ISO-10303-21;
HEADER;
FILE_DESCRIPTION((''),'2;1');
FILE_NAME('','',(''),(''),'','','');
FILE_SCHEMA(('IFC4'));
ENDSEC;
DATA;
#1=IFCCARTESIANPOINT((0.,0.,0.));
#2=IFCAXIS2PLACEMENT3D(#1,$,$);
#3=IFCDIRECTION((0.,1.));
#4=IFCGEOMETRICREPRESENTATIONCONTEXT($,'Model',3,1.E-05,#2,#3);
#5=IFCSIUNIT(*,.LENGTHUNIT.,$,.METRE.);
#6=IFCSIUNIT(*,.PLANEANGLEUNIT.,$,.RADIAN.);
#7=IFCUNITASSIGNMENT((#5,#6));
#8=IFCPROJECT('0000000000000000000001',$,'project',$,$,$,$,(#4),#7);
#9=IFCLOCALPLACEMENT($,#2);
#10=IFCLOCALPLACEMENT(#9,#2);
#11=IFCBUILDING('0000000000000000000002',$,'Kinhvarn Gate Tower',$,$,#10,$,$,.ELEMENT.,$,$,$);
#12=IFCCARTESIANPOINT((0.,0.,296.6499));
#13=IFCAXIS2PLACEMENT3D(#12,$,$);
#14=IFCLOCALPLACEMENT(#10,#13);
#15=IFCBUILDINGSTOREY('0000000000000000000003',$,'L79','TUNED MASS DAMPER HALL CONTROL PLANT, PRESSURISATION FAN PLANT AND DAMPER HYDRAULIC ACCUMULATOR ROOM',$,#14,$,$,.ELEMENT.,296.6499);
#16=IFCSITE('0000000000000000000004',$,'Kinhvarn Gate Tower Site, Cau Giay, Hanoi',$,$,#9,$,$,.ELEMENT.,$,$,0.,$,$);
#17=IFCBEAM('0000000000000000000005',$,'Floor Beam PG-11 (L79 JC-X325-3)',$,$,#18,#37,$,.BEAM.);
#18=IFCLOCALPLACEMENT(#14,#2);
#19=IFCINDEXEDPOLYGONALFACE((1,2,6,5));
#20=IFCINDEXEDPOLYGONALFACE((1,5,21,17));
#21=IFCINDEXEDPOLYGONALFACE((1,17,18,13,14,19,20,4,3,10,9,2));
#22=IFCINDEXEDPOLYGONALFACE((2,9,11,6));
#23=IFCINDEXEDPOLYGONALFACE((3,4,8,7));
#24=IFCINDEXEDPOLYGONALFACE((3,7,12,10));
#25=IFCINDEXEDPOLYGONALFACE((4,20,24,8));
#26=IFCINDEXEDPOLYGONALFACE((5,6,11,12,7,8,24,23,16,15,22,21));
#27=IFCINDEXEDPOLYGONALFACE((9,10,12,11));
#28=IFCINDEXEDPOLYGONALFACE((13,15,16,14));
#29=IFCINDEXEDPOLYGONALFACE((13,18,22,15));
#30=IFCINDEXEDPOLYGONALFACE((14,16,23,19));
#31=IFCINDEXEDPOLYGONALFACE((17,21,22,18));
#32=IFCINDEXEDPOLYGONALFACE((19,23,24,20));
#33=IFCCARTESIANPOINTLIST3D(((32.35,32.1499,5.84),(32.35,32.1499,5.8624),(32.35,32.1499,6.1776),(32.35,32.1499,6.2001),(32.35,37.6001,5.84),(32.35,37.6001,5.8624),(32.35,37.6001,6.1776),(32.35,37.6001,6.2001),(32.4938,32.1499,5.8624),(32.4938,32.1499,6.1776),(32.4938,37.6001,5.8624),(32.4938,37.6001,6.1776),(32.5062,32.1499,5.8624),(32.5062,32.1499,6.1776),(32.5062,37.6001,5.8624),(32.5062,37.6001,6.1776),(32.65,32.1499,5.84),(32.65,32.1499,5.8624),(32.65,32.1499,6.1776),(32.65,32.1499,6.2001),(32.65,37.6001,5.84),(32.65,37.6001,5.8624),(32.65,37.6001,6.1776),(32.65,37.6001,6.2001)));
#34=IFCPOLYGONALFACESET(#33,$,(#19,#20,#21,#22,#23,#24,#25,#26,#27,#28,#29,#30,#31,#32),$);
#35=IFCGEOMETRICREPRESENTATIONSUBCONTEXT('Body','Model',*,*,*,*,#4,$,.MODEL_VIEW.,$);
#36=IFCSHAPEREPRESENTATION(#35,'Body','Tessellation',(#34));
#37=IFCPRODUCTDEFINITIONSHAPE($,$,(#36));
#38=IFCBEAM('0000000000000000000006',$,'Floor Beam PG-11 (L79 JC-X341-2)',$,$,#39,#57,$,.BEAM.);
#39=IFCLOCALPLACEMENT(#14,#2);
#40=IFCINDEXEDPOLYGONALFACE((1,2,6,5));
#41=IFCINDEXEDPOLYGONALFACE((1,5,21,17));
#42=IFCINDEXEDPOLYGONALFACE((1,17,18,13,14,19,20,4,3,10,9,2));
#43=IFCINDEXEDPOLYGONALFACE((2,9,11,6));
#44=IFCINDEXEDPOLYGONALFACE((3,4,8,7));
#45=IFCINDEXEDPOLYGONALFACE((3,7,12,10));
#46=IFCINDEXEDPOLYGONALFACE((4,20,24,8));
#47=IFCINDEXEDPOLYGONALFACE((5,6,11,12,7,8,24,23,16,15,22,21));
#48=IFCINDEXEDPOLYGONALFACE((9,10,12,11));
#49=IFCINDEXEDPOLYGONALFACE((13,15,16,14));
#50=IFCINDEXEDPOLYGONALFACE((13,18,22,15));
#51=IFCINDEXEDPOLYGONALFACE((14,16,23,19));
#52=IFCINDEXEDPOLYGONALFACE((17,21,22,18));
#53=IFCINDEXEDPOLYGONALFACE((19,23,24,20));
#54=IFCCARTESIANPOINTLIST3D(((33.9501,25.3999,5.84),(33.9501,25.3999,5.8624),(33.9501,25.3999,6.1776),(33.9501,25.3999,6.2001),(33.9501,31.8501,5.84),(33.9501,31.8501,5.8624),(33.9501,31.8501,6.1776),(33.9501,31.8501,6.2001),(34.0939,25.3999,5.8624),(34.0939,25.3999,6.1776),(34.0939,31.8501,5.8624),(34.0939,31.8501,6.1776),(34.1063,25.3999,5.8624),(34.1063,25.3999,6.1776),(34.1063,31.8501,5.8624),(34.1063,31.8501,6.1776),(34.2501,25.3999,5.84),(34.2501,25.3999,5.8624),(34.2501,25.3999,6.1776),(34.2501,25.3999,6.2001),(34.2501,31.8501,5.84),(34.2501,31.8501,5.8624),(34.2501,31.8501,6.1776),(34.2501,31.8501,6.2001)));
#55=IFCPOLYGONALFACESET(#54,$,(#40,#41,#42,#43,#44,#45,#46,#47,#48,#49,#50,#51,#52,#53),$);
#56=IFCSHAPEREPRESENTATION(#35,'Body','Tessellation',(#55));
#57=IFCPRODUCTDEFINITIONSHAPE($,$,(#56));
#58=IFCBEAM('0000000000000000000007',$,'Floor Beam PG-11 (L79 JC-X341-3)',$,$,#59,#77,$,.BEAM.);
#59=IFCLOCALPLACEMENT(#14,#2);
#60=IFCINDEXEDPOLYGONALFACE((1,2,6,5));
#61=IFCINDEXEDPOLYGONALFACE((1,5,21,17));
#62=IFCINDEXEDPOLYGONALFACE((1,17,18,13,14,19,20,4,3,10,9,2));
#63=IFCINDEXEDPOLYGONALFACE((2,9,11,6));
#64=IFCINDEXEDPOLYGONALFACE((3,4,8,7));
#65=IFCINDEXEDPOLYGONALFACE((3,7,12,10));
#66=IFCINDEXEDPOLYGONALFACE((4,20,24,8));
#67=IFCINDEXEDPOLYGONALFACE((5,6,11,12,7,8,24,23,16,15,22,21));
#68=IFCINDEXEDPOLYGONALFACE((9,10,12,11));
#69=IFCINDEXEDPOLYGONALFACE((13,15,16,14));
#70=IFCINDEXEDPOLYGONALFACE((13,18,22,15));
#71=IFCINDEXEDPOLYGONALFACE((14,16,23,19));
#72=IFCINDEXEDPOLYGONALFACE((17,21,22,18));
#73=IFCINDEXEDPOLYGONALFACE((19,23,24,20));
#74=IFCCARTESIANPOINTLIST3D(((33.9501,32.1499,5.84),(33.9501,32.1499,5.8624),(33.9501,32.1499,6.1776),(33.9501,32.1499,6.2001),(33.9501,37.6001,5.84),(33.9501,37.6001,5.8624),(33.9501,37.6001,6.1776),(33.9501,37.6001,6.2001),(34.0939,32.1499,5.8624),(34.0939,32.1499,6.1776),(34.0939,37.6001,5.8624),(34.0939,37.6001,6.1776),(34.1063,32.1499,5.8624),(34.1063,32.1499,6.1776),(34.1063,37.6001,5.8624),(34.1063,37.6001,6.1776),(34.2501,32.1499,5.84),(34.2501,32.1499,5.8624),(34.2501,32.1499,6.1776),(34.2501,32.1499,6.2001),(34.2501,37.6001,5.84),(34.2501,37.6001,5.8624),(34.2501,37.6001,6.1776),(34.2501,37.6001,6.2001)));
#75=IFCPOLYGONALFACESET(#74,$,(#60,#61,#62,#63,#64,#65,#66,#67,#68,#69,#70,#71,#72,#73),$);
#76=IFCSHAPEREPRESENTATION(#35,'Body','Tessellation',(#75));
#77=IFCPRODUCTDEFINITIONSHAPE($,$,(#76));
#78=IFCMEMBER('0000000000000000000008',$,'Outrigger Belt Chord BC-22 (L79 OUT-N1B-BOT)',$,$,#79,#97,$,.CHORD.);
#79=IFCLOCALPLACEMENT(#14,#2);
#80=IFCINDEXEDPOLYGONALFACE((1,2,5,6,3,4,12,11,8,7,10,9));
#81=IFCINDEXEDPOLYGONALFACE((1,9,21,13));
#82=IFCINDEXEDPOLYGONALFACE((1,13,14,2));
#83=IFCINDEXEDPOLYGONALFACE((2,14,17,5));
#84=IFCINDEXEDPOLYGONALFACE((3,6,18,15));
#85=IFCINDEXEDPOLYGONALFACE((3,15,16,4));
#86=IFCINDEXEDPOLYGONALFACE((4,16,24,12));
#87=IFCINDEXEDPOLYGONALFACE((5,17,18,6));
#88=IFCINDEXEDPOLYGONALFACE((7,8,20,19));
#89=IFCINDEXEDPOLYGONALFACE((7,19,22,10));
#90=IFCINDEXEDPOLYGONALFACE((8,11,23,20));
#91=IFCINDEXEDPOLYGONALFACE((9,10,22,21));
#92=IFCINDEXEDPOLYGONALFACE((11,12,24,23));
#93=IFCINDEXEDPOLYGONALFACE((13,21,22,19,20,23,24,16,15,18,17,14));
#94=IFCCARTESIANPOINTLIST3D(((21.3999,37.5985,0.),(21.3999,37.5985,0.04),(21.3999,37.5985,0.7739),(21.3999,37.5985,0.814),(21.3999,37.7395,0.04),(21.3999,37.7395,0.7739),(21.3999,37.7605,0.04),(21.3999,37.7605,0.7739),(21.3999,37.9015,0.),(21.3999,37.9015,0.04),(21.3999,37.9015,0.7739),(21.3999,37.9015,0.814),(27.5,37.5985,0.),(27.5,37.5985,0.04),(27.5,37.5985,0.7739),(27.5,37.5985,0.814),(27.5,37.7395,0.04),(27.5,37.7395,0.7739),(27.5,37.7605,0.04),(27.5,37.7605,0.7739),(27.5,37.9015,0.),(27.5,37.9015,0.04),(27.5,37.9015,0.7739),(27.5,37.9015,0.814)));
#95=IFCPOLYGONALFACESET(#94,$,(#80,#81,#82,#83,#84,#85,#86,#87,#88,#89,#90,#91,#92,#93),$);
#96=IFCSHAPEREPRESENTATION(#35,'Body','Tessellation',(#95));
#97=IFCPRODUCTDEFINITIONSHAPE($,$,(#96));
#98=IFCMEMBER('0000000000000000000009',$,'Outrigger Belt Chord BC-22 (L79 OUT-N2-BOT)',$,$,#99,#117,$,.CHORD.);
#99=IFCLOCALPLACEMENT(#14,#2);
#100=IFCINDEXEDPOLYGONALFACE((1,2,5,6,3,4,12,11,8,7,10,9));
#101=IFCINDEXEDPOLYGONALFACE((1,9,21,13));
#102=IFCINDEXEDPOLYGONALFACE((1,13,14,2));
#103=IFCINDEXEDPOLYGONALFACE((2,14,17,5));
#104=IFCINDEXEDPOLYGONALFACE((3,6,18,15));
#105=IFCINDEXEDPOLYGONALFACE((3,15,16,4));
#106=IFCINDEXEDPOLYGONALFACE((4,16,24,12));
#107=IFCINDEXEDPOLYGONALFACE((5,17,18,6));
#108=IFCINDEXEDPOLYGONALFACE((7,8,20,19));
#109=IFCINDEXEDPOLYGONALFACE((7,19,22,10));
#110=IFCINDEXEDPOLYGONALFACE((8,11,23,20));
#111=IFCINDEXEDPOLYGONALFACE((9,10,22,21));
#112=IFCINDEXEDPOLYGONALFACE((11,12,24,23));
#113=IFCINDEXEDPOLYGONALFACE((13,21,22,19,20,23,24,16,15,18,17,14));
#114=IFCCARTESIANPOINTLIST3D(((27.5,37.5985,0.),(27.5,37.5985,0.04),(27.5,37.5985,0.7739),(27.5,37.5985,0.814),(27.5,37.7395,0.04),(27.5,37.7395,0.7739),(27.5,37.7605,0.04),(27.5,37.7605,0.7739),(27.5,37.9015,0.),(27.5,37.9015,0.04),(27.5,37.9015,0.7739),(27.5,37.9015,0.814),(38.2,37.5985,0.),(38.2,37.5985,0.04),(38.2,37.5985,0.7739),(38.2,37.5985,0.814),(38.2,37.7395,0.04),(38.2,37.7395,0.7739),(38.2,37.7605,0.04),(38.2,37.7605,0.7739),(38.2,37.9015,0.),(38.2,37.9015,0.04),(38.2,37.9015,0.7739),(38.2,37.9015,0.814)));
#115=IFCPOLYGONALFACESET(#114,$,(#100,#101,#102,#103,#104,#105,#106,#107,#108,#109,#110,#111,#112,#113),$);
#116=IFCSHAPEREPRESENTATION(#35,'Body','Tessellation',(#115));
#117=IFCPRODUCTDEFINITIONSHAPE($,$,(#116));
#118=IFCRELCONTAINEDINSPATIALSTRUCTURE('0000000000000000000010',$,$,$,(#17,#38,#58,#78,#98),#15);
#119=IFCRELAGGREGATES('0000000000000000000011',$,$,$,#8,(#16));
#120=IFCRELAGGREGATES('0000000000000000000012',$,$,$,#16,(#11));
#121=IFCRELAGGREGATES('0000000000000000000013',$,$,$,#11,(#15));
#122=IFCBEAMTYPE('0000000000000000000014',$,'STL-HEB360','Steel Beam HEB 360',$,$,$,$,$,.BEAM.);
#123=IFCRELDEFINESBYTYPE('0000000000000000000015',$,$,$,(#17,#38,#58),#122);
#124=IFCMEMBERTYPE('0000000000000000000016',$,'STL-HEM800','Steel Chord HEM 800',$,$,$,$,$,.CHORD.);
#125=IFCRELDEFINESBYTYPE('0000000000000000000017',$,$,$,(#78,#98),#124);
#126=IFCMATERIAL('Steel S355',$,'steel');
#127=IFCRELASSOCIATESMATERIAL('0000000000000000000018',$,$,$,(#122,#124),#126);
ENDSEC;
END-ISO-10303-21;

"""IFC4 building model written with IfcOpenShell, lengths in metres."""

from ifc_helpers import new_model, si_unit, direction, frame, origin, origin_2d, place, context, subcontext, project, spatial, i_section, extrude, material, material_profile, profile_set, type_object, element, save


model = new_model("IFC4")

# Units and contexts
model_context = context("Model", 3, precision=1e-05, world=origin(), true_north=direction((0.0, 1.0)))
body_context = subcontext(model_context, "Body", "Model", "MODEL_VIEW")
ifc_project = project(units=[si_unit("LENGTHUNIT", "METRE"), si_unit("PLANEANGLEUNIT", "RADIAN")], contexts=[model_context])

# Site, building, storey
site_placement = place(None, origin())
site = spatial("IfcSite", under=ifc_project, at=site_placement, Name="Kinhvarn Gate Tower Site, Cau Giay, Hanoi", CompositionType="ELEMENT", RefElevation=0.0)
building_placement = place(site_placement, origin())
building = spatial("IfcBuilding", under=site, at=building_placement, Name="Kinhvarn Gate Tower", CompositionType="ELEMENT")
storey_placement = place(building_placement, frame((0.0, 0.0, 296.6499)))
storey = spatial("IfcBuildingStorey", under=building, at=storey_placement, Name="L79", Description="TUNED MASS DAMPER HALL CONTROL PLANT, PRESSURISATION FAN PLANT AND DAMPER HYDRAULIC ACCUMULATOR ROOM", CompositionType="ELEMENT", Elevation=296.6499)

# Shared definitions
ifc_material_1 = material(Name="Steel S355", Category="steel")

# Beams
ifc_material_profile_1 = material_profile(ifc_material_1, i_section(OverallWidth=0.3, OverallDepth=0.3601, WebThickness=0.0125, FlangeThickness=0.0225, at=origin_2d()), Name="HEB 360")
ifc_profile_set_1 = profile_set([ifc_material_profile_1], Name="Steel S355")
beam_type_1 = type_object("IfcBeamType", Name="STL-HEB360", Description="Steel Beam HEB 360", PredefinedType="BEAM", material=ifc_profile_set_1)
beam_1_placement = place(storey_placement, frame((32.5, 32.1499, 6.02), z_axis=(0.0, 1.0, 0.0), x_axis=(-1.0, 0.0, 0.0)))
element("IfcBeam", 1, at=beam_1_placement, inside=storey, type_object=beam_type_1, Name="Floor Beam PG-11 (L79 JC-X325-3)", PredefinedType="BEAM", context=body_context, shape_type="SweptSolid", body=[
    extrude(i_section(OverallWidth=0.3, OverallDepth=0.3601, WebThickness=0.0125, FlangeThickness=0.0225, at=origin_2d()), origin(), (0.0, 0.0, 1.0), 5.4502),
])
beam_2_placement = place(storey_placement, frame((34.1001, 25.3999, 6.02), z_axis=(0.0, 1.0, 0.0), x_axis=(-1.0, 0.0, 0.0)))
element("IfcBeam", 2, at=beam_2_placement, inside=storey, type_object=beam_type_1, Name="Floor Beam PG-11 (L79 JC-X341-2)", PredefinedType="BEAM", context=body_context, shape_type="SweptSolid", body=[
    extrude(i_section(OverallWidth=0.3, OverallDepth=0.3601, WebThickness=0.0125, FlangeThickness=0.0225, at=origin_2d()), origin(), (0.0, 0.0, 1.0), 6.4502),
])
beam_3_placement = place(storey_placement, frame((34.1001, 32.1499, 6.02), z_axis=(0.0, 1.0, 0.0), x_axis=(-1.0, 0.0, 0.0)))
element("IfcBeam", 3, at=beam_3_placement, inside=storey, type_object=beam_type_1, Name="Floor Beam PG-11 (L79 JC-X341-3)", PredefinedType="BEAM", context=body_context, shape_type="SweptSolid", body=[
    extrude(i_section(OverallWidth=0.3, OverallDepth=0.3601, WebThickness=0.0125, FlangeThickness=0.0225, at=origin_2d()), origin(), (0.0, 0.0, 1.0), 5.4502),
])

# Members
ifc_material_profile_2 = material_profile(ifc_material_1, i_section(OverallWidth=0.303, OverallDepth=0.814, WebThickness=0.021, FlangeThickness=0.04, at=origin_2d()), Name="HEM 800")
ifc_profile_set_2 = profile_set([ifc_material_profile_2], Name="Steel S355")
member_type_1 = type_object("IfcMemberType", Name="STL-HEM800", Description="Steel Chord HEM 800", PredefinedType="CHORD", material=ifc_profile_set_2)
member_1_placement = place(storey_placement, frame((21.3999, 37.75, 0.407), z_axis=(1.0, 0.0, 0.0), x_axis=(0.0, 1.0, 0.0)))
element("IfcMember", 4, at=member_1_placement, inside=storey, type_object=member_type_1, Name="Outrigger Belt Chord BC-22 (L79 OUT-N1B-BOT)", PredefinedType="CHORD", context=body_context, shape_type="SweptSolid", body=[
    extrude(i_section(OverallWidth=0.303, OverallDepth=0.814, WebThickness=0.021, FlangeThickness=0.04, at=origin_2d()), origin(), (0.0, 0.0, 1.0), 6.1001),
])
member_2_placement = place(storey_placement, frame((27.5, 37.75, 0.407), z_axis=(1.0, 0.0, 0.0), x_axis=(0.0, 1.0, 0.0)))
element("IfcMember", 5, at=member_2_placement, inside=storey, type_object=member_type_1, Name="Outrigger Belt Chord BC-22 (L79 OUT-N2-BOT)", PredefinedType="CHORD", context=body_context, shape_type="SweptSolid", body=[
    extrude(i_section(OverallWidth=0.303, OverallDepth=0.814, WebThickness=0.021, FlangeThickness=0.04, at=origin_2d()), origin(), (0.0, 0.0, 1.0), 10.7),
])

save(model, "model.ifc")
